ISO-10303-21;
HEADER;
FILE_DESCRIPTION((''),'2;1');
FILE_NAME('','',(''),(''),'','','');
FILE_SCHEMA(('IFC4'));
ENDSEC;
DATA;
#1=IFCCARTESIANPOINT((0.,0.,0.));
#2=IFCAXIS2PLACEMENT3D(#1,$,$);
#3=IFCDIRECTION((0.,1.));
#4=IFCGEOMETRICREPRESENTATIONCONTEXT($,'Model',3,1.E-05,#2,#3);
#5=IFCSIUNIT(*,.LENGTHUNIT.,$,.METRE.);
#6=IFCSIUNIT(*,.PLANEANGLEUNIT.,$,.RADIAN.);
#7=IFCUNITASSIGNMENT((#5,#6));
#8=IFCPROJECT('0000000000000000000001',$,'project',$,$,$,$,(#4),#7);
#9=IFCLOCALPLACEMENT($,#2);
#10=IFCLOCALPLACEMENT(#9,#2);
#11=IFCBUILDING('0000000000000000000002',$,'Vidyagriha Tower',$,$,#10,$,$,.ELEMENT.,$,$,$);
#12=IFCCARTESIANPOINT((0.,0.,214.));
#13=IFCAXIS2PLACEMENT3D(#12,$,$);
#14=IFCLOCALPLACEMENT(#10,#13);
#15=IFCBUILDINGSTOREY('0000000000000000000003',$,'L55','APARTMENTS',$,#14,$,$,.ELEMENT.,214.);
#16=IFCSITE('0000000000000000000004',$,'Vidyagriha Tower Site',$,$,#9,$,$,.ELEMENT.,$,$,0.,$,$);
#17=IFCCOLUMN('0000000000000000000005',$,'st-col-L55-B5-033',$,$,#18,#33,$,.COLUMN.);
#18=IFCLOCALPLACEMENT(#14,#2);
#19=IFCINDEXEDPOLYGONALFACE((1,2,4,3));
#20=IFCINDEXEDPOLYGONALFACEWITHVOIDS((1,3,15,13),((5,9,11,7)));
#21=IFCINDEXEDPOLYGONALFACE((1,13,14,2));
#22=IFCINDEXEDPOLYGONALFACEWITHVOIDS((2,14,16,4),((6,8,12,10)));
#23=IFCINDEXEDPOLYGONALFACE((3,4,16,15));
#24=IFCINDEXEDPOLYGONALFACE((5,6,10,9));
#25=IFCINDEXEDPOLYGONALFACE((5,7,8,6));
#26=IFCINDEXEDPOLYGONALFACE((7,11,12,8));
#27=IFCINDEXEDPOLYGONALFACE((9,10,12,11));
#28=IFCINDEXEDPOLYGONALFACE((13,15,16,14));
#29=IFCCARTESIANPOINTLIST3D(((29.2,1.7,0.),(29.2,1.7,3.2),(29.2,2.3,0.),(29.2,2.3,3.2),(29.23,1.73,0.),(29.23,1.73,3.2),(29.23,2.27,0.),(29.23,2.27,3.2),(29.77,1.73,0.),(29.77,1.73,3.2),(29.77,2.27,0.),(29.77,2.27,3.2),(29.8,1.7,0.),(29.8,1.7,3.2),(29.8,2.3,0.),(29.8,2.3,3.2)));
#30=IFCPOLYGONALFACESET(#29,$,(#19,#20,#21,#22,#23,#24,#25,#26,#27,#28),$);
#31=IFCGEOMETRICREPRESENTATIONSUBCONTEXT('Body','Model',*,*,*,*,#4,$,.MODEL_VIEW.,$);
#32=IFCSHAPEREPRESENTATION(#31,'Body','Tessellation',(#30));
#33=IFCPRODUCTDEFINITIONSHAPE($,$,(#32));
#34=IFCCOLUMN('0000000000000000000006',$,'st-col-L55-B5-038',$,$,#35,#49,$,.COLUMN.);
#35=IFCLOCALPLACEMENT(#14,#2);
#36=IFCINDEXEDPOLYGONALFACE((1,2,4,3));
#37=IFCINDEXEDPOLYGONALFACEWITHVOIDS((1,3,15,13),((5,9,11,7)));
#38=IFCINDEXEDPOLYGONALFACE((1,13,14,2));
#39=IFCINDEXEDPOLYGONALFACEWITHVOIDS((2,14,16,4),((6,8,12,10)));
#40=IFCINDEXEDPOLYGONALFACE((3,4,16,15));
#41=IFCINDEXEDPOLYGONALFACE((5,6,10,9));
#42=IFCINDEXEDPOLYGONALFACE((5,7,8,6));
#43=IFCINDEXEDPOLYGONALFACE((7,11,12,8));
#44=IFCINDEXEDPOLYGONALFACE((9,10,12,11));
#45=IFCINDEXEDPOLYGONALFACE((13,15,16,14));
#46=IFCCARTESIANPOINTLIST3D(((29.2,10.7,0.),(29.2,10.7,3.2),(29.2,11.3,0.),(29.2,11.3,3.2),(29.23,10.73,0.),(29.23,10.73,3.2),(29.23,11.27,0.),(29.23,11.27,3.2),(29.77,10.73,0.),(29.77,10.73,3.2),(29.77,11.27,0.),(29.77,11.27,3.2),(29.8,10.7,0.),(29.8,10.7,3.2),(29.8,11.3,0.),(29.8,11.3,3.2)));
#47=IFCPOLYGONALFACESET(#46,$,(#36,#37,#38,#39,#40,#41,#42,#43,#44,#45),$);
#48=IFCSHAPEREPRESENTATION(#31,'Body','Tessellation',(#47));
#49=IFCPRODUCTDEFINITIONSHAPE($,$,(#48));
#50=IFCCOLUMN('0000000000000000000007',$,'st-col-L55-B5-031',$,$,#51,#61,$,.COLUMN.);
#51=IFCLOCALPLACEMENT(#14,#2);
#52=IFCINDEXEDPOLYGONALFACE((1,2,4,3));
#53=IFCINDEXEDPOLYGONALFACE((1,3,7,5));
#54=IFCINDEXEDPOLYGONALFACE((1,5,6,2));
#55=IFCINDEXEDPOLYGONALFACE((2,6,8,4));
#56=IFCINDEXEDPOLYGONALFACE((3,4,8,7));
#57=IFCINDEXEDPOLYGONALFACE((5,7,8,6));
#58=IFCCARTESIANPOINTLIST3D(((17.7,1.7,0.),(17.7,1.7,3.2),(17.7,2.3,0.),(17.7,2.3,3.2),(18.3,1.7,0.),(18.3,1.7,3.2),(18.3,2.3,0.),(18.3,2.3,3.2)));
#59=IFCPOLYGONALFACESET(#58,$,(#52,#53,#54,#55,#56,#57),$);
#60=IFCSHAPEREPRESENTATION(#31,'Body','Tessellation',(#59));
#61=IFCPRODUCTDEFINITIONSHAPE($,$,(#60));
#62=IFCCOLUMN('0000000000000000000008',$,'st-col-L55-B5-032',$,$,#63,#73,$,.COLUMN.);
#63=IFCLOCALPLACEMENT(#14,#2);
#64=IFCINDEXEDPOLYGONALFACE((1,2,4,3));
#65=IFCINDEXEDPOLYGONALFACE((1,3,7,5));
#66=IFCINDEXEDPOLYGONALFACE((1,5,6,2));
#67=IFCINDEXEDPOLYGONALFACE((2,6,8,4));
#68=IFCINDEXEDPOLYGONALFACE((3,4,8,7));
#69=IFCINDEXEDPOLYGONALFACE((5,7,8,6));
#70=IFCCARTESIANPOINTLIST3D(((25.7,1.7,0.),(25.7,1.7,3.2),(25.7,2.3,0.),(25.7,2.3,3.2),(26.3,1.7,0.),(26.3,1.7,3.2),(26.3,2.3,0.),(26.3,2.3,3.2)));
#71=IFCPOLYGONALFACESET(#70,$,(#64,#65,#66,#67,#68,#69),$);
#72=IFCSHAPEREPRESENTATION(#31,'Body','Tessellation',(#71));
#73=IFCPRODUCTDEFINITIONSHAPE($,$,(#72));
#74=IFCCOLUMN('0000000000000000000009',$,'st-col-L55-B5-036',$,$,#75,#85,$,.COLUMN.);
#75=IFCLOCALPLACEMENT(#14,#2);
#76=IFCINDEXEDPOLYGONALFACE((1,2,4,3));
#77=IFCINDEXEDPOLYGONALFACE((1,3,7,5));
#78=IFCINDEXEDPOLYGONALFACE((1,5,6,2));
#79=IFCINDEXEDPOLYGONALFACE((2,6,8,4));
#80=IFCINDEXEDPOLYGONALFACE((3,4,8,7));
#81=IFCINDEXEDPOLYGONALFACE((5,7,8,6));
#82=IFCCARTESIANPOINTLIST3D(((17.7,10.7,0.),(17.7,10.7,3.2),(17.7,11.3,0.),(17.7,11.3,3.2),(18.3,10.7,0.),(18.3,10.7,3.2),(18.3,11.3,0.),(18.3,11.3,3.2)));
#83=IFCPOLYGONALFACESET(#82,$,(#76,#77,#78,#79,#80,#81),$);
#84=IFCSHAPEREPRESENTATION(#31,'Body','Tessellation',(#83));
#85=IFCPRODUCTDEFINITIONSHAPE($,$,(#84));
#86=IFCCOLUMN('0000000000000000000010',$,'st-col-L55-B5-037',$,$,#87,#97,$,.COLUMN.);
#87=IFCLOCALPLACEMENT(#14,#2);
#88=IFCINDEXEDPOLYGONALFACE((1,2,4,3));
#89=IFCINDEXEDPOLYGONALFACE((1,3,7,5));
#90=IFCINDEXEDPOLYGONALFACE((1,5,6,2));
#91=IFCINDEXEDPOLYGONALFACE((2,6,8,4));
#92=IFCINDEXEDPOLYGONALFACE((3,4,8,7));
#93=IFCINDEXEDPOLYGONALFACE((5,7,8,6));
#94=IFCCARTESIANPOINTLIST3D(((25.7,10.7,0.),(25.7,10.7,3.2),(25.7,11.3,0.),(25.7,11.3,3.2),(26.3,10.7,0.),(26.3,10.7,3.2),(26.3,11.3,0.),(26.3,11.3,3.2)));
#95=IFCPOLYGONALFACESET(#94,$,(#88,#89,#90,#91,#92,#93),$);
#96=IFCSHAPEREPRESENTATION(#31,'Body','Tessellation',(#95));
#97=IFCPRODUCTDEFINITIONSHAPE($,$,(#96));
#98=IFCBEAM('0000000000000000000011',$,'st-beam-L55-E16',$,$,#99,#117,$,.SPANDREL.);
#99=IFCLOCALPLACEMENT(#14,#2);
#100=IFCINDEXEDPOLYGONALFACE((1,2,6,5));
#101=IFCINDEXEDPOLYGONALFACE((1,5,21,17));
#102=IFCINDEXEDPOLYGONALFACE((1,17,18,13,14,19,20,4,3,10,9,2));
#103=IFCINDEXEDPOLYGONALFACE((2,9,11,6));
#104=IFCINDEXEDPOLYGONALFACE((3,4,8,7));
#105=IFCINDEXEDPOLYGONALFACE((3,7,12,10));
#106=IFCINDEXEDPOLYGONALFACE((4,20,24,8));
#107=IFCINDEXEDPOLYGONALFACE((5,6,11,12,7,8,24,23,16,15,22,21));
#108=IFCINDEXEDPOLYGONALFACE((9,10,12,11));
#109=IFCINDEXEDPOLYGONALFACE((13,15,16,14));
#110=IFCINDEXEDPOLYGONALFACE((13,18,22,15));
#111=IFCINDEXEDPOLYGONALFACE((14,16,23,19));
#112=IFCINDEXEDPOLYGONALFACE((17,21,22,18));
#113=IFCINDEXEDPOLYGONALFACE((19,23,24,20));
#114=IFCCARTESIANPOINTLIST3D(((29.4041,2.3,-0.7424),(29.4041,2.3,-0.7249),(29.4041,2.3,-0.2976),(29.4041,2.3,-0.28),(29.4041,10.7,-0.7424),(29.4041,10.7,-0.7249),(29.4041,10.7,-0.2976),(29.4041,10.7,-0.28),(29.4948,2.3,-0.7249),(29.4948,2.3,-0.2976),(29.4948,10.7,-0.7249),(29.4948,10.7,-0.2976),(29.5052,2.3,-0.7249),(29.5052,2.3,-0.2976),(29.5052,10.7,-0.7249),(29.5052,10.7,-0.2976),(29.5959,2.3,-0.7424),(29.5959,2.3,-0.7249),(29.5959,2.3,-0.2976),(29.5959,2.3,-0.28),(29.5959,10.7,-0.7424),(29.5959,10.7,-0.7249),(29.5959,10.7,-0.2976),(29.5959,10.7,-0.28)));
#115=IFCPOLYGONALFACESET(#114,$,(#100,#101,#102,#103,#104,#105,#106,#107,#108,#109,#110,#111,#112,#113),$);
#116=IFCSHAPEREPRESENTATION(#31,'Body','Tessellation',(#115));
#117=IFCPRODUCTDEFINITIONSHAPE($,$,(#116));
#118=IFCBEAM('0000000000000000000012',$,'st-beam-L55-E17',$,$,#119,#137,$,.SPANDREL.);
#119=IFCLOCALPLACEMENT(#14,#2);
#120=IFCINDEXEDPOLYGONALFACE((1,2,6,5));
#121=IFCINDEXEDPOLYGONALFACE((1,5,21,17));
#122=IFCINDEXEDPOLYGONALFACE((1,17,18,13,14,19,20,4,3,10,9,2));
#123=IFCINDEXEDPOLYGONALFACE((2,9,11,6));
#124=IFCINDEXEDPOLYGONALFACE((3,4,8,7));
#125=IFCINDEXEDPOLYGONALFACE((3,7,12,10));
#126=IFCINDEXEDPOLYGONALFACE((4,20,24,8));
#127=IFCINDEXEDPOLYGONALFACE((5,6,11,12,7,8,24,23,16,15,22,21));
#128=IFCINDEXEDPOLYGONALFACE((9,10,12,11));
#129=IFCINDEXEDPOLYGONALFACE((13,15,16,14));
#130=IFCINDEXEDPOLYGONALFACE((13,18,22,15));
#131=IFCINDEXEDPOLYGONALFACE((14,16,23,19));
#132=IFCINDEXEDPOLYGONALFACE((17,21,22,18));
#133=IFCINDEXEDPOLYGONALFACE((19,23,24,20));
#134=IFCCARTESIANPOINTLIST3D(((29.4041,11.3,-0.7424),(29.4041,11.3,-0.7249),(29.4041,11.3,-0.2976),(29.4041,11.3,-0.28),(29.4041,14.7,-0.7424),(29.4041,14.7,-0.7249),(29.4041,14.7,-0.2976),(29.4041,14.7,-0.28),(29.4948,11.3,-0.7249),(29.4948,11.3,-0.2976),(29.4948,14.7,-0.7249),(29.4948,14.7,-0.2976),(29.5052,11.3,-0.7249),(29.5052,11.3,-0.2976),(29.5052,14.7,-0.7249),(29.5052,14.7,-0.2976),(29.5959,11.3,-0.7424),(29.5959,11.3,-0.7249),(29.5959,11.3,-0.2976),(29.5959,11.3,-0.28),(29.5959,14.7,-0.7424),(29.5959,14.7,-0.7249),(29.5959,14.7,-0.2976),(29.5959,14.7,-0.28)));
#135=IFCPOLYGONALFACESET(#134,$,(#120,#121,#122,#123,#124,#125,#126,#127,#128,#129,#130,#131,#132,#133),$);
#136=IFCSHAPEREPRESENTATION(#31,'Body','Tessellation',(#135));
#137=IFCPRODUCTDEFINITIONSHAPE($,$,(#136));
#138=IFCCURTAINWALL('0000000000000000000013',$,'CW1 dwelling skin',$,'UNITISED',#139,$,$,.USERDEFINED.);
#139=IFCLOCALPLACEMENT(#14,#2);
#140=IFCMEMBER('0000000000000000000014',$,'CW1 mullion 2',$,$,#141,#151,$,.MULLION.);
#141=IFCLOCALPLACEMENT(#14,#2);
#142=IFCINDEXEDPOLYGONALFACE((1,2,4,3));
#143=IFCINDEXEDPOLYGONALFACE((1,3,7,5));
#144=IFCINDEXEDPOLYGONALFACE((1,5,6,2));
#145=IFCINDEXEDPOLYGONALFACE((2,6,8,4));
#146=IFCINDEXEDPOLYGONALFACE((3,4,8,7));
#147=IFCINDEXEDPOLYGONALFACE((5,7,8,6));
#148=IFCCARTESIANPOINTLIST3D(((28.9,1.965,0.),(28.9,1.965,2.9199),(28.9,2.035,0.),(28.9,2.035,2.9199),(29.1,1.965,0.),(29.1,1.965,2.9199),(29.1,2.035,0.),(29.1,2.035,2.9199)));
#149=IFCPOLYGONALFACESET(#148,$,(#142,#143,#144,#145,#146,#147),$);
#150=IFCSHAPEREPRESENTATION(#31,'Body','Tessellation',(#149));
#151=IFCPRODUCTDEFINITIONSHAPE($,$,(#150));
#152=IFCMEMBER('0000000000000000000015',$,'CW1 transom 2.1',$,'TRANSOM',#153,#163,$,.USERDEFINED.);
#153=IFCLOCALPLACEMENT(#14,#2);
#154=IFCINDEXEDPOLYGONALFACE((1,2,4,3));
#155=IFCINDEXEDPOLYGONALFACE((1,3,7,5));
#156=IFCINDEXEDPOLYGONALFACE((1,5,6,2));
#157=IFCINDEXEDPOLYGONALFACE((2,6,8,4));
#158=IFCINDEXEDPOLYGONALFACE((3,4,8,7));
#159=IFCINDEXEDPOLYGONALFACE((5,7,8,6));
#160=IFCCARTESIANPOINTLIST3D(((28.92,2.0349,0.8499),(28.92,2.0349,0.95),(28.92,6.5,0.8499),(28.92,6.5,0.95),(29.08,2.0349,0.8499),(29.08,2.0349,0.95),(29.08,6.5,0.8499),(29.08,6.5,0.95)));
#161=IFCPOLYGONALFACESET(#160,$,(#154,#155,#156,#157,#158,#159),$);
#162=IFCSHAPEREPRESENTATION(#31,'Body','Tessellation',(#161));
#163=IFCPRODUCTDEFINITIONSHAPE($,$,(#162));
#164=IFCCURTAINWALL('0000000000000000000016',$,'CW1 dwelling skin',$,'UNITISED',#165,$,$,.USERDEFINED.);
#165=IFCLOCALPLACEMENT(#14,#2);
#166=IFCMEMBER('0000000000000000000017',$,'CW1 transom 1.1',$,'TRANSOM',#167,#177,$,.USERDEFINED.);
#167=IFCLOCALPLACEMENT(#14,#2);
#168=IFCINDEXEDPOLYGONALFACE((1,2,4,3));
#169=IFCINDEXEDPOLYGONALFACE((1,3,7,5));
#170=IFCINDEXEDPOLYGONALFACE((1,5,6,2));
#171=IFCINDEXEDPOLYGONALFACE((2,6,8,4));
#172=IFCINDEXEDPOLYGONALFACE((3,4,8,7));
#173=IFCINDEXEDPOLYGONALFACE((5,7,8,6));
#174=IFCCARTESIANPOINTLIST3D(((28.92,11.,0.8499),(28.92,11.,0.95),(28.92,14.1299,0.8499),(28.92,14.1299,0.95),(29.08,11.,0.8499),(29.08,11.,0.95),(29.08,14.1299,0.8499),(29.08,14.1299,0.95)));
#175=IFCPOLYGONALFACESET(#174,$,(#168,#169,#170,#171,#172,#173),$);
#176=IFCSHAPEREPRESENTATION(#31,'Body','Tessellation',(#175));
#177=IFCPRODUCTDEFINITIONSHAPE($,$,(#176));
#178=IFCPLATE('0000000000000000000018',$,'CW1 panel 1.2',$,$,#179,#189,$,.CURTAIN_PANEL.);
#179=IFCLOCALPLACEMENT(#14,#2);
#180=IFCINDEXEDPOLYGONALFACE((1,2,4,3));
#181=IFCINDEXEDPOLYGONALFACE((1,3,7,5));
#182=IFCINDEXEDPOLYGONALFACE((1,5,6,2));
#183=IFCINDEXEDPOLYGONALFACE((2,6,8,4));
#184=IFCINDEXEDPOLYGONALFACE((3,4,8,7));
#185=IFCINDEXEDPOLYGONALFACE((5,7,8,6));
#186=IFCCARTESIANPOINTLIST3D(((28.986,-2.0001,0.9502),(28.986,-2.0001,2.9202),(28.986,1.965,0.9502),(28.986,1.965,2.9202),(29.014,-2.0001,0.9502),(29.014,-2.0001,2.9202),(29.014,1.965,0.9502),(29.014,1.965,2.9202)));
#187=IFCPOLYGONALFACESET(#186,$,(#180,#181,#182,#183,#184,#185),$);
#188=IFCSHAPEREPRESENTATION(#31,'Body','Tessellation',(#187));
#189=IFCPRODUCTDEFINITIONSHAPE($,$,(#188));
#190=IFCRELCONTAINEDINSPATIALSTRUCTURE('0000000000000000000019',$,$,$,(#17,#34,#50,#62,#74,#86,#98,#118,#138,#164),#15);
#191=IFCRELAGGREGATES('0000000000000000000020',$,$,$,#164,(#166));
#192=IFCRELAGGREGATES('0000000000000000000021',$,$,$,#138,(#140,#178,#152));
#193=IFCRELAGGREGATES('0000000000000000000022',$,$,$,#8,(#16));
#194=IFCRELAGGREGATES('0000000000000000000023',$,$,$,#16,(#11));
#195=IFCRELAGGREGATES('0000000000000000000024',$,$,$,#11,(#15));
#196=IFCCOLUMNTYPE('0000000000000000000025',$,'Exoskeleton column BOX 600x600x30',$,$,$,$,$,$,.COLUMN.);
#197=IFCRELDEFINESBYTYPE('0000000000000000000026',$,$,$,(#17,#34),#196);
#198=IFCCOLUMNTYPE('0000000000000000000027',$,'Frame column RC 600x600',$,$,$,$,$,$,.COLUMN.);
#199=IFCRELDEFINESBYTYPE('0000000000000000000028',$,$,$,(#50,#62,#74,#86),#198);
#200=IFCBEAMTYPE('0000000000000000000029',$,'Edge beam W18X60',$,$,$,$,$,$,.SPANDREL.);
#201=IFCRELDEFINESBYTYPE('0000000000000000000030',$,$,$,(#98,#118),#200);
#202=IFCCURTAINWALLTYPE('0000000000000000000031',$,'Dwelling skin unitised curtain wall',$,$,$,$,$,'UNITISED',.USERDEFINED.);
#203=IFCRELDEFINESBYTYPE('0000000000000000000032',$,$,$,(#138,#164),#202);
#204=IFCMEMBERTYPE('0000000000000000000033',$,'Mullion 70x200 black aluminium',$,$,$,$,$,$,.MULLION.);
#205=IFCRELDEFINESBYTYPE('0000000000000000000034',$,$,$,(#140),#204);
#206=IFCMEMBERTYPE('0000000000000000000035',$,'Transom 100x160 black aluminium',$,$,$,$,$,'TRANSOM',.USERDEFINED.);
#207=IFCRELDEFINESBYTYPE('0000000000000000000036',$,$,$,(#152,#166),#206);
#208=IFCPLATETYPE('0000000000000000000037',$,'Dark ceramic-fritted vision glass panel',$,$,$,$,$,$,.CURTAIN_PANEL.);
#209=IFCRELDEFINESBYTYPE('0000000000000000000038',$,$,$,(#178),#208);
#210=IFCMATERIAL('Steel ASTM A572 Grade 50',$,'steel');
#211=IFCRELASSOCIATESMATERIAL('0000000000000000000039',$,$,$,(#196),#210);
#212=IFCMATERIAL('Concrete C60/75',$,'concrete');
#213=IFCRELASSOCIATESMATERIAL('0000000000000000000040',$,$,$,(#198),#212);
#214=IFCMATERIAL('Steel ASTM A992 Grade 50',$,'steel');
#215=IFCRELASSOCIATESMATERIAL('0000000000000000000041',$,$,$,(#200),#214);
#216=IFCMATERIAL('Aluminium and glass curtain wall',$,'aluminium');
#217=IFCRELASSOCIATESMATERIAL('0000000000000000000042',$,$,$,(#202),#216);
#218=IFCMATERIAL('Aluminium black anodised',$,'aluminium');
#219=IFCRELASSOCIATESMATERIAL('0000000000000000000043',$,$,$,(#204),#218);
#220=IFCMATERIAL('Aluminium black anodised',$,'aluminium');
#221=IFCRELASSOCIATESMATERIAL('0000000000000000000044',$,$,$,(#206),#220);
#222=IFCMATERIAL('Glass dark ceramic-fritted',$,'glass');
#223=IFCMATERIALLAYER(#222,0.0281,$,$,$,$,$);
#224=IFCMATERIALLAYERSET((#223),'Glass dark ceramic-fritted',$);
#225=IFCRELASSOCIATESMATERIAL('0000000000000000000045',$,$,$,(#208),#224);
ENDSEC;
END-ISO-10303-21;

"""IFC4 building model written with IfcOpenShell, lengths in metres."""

from ifc_helpers import new_model, si_unit, direction, frame, origin, origin_2d, place, context, subcontext, project, spatial, rectangle, hollow_rectangle, i_section, extrude, material, layer, layer_set, material_profile, profile_set, type_object, element, aggregate, save


model = new_model("IFC4")

# Units and contexts
model_context = context("Model", 3, precision=1e-05, world=origin(), true_north=direction((0.0, 1.0)))
body_context = subcontext(model_context, "Body", "Model", "MODEL_VIEW")
ifc_project = project(units=[si_unit("LENGTHUNIT", "METRE"), si_unit("PLANEANGLEUNIT", "RADIAN")], contexts=[model_context])

# Site, building, storey
site_placement = place(None, origin())
site = spatial("IfcSite", under=ifc_project, at=site_placement, Name="Vidyagriha Tower Site", CompositionType="ELEMENT", RefElevation=0.0)
building_placement = place(site_placement, origin())
building = spatial("IfcBuilding", under=site, at=building_placement, Name="Vidyagriha Tower", CompositionType="ELEMENT")
storey_placement = place(building_placement, frame((0.0, 0.0, 214.0)))
storey = spatial("IfcBuildingStorey", under=building, at=storey_placement, Name="L55", Description="APARTMENTS", CompositionType="ELEMENT", Elevation=214.0)

# Columns
ifc_material_1 = material(Name="Steel ASTM A572 Grade 50", Category="steel")
ifc_material_profile_1 = material_profile(ifc_material_1, hollow_rectangle(XDim=0.6001, YDim=0.6001, WallThickness=0.03, at=origin_2d()), Name="BOX 600x600x30")
ifc_profile_set_1 = profile_set([ifc_material_profile_1], Name="Steel ASTM A572 Grade 50")
column_type_1 = type_object("IfcColumnType", Name="Exoskeleton column BOX 600x600x30", PredefinedType="COLUMN", material=ifc_profile_set_1)
for number, where, name in (
    (1, (29.5, 2.0, 0.0), "st-col-L55-B5-033"),
    (2, (29.5, 11.0, 0.0), "st-col-L55-B5-038"),
):
    element("IfcColumn", number, at=place(storey_placement, frame(where)), inside=storey, type_object=column_type_1, Name=name, PredefinedType="COLUMN", context=body_context, shape_type="SweptSolid", body=[
        extrude(hollow_rectangle(XDim=0.6001, YDim=0.6001, WallThickness=0.03, at=origin_2d()), origin(), (0.0, 0.0, 1.0), 3.2),
    ])
ifc_material_2 = material(Name="Concrete C60/75", Category="concrete")
ifc_material_profile_2 = material_profile(ifc_material_2, rectangle(XDim=0.6001, YDim=0.6001, at=origin_2d()), Name="RC 600x600")
ifc_profile_set_2 = profile_set([ifc_material_profile_2], Name="Concrete C60/75")
column_type_2 = type_object("IfcColumnType", Name="Frame column RC 600x600", PredefinedType="COLUMN", material=ifc_profile_set_2)
for number, where, name in (
    (3, (18.0, 2.0, 0.0), "st-col-L55-B5-031"),
    (4, (26.0, 2.0, 0.0), "st-col-L55-B5-032"),
    (5, (18.0, 11.0, 0.0), "st-col-L55-B5-036"),
    (6, (26.0, 11.0, 0.0), "st-col-L55-B5-037"),
):
    element("IfcColumn", number, at=place(storey_placement, frame(where)), inside=storey, type_object=column_type_2, Name=name, PredefinedType="COLUMN", context=body_context, shape_type="SweptSolid", body=[
        extrude(rectangle(XDim=0.6001, YDim=0.6001, at=origin_2d()), origin(), (0.0, 0.0, 1.0), 3.2),
    ])

# Beams
ifc_material_3 = material(Name="Steel ASTM A992 Grade 50", Category="steel")
ifc_material_profile_3 = material_profile(ifc_material_3, i_section(OverallWidth=0.1919, OverallDepth=0.4624, WebThickness=0.0105, FlangeThickness=0.0176, at=origin_2d()), Name="W18X60")
ifc_profile_set_3 = profile_set([ifc_material_profile_3], Name="Steel ASTM A992 Grade 50")
beam_type = type_object("IfcBeamType", Name="Edge beam W18X60", PredefinedType="SPANDREL", material=ifc_profile_set_3)
beam_1_placement = place(storey_placement, frame((29.5, 2.3, -0.5112), z_axis=(0.0, 1.0, 0.0), x_axis=(-1.0, 0.0, 0.0)))
element("IfcBeam", 7, at=beam_1_placement, inside=storey, type_object=beam_type, Name="st-beam-L55-E16", PredefinedType="SPANDREL", context=body_context, shape_type="SweptSolid", body=[
    extrude(i_section(OverallWidth=0.1919, OverallDepth=0.4624, WebThickness=0.0105, FlangeThickness=0.0176, at=origin_2d()), origin(), (0.0, 0.0, 1.0), 8.3999),
])
beam_2_placement = place(storey_placement, frame((29.5, 11.3, -0.5112), z_axis=(0.0, 1.0, 0.0), x_axis=(-1.0, 0.0, 0.0)))
element("IfcBeam", 8, at=beam_2_placement, inside=storey, type_object=beam_type, Name="st-beam-L55-E17", PredefinedType="SPANDREL", context=body_context, shape_type="SweptSolid", body=[
    extrude(i_section(OverallWidth=0.1919, OverallDepth=0.4624, WebThickness=0.0105, FlangeThickness=0.0176, at=origin_2d()), origin(), (0.0, 0.0, 1.0), 3.3999),
])

# Curtain wall, members
ifc_material_4 = material(Name="Aluminium and glass curtain wall", Category="aluminium")
curtain_wall_type = type_object("IfcCurtainWallType", Name="Dwelling skin unitised curtain wall", ElementType="UNITISED", PredefinedType="USERDEFINED", material=ifc_material_4)
curtain_wall_1_placement = place(storey_placement, origin())
curtain_wall_1 = element("IfcCurtainWall", 9, at=curtain_wall_1_placement, inside=storey, type_object=curtain_wall_type, Name="CW1 dwelling skin", ObjectType="UNITISED", PredefinedType="USERDEFINED")
ifc_material_5 = material(Name="Aluminium black anodised", Category="aluminium")
ifc_material_profile_4 = material_profile(ifc_material_5, rectangle(XDim=0.2, YDim=0.0701, at=origin_2d()), Name="Mullion 70x200 black aluminium")
ifc_profile_set_4 = profile_set([ifc_material_profile_4], Name="Aluminium black anodised")
member_type_1 = type_object("IfcMemberType", Name="Mullion 70x200 black aluminium", PredefinedType="MULLION", material=ifc_profile_set_4)
member_1_placement = place(storey_placement, frame((29.0, 2.0, 0.0), z_axis=(0.0, 0.0, 1.0), x_axis=(-1.0, 0.0, 0.0)))
member_1 = element("IfcMember", 10, at=member_1_placement, type_object=member_type_1, Name="CW1 mullion 2", PredefinedType="MULLION", context=body_context, shape_type="SweptSolid", body=[
    extrude(rectangle(XDim=0.2, YDim=0.0701, at=origin_2d()), origin(), (0.0, 0.0, 1.0), 2.9199),
])
ifc_material_6 = material(Name="Aluminium black anodised", Category="aluminium")
ifc_material_profile_5 = material_profile(ifc_material_6, rectangle(XDim=0.1599, YDim=0.1001, at=origin_2d()), Name="Transom 100x160 black aluminium")
ifc_profile_set_5 = profile_set([ifc_material_profile_5], Name="Aluminium black anodised")
member_type_2 = type_object("IfcMemberType", Name="Transom 100x160 black aluminium", ElementType="TRANSOM", PredefinedType="USERDEFINED", material=ifc_profile_set_5)
member_2_placement = place(storey_placement, frame((29.0, 2.0349, 0.8999), z_axis=(0.0, 1.0, 0.0), x_axis=(-1.0, 0.0, 0.0)))
member_2 = element("IfcMember", 11, at=member_2_placement, type_object=member_type_2, Name="CW1 transom 2.1", ObjectType="TRANSOM", PredefinedType="USERDEFINED", context=body_context, shape_type="SweptSolid", body=[
    extrude(rectangle(XDim=0.1599, YDim=0.1001, at=origin_2d()), origin(), (0.0, 0.0, 1.0), 4.4651),
])

# Curtain wall, member
curtain_wall_2_placement = place(storey_placement, origin())
curtain_wall_2 = element("IfcCurtainWall", 12, at=curtain_wall_2_placement, inside=storey, type_object=curtain_wall_type, Name="CW1 dwelling skin", ObjectType="UNITISED", PredefinedType="USERDEFINED")
member_3_placement = place(storey_placement, frame((29.0, 11.0, 0.8999), z_axis=(0.0, 1.0, 0.0), x_axis=(-1.0, 0.0, 0.0)))
member_3 = element("IfcMember", 13, at=member_3_placement, type_object=member_type_2, Name="CW1 transom 1.1", ObjectType="TRANSOM", PredefinedType="USERDEFINED", context=body_context, shape_type="SweptSolid", body=[
    extrude(rectangle(XDim=0.1599, YDim=0.1001, at=origin_2d()), origin(), (0.0, 0.0, 1.0), 3.1299),
])
aggregate(curtain_wall_2, [member_3])

# Plate
ifc_material_7 = material(Name="Glass dark ceramic-fritted", Category="glass")
ifc_layer_1 = layer(ifc_material_7, 0.0281)
ifc_layer_set_1 = layer_set([ifc_layer_1], Name="Glass dark ceramic-fritted")
plate_type_1 = type_object("IfcPlateType", Name="Dark ceramic-fritted vision glass panel", PredefinedType="CURTAIN_PANEL", material=ifc_layer_set_1)
plate_1_placement = place(storey_placement, frame((29.0, -0.0176, 0.9502), z_axis=(0.0, 0.0, 1.0), x_axis=(0.0, 1.0, 0.0)))
plate_1 = element("IfcPlate", 14, at=plate_1_placement, type_object=plate_type_1, Name="CW1 panel 1.2", PredefinedType="CURTAIN_PANEL", context=body_context, shape_type="SweptSolid", body=[
    extrude(rectangle(XDim=3.9651, YDim=0.0281, at=origin_2d()), origin(), (0.0, 0.0, 1.0), 1.97),
])
aggregate(curtain_wall_1, [member_1, plate_1, member_2])

save(model, "model.ifc")
